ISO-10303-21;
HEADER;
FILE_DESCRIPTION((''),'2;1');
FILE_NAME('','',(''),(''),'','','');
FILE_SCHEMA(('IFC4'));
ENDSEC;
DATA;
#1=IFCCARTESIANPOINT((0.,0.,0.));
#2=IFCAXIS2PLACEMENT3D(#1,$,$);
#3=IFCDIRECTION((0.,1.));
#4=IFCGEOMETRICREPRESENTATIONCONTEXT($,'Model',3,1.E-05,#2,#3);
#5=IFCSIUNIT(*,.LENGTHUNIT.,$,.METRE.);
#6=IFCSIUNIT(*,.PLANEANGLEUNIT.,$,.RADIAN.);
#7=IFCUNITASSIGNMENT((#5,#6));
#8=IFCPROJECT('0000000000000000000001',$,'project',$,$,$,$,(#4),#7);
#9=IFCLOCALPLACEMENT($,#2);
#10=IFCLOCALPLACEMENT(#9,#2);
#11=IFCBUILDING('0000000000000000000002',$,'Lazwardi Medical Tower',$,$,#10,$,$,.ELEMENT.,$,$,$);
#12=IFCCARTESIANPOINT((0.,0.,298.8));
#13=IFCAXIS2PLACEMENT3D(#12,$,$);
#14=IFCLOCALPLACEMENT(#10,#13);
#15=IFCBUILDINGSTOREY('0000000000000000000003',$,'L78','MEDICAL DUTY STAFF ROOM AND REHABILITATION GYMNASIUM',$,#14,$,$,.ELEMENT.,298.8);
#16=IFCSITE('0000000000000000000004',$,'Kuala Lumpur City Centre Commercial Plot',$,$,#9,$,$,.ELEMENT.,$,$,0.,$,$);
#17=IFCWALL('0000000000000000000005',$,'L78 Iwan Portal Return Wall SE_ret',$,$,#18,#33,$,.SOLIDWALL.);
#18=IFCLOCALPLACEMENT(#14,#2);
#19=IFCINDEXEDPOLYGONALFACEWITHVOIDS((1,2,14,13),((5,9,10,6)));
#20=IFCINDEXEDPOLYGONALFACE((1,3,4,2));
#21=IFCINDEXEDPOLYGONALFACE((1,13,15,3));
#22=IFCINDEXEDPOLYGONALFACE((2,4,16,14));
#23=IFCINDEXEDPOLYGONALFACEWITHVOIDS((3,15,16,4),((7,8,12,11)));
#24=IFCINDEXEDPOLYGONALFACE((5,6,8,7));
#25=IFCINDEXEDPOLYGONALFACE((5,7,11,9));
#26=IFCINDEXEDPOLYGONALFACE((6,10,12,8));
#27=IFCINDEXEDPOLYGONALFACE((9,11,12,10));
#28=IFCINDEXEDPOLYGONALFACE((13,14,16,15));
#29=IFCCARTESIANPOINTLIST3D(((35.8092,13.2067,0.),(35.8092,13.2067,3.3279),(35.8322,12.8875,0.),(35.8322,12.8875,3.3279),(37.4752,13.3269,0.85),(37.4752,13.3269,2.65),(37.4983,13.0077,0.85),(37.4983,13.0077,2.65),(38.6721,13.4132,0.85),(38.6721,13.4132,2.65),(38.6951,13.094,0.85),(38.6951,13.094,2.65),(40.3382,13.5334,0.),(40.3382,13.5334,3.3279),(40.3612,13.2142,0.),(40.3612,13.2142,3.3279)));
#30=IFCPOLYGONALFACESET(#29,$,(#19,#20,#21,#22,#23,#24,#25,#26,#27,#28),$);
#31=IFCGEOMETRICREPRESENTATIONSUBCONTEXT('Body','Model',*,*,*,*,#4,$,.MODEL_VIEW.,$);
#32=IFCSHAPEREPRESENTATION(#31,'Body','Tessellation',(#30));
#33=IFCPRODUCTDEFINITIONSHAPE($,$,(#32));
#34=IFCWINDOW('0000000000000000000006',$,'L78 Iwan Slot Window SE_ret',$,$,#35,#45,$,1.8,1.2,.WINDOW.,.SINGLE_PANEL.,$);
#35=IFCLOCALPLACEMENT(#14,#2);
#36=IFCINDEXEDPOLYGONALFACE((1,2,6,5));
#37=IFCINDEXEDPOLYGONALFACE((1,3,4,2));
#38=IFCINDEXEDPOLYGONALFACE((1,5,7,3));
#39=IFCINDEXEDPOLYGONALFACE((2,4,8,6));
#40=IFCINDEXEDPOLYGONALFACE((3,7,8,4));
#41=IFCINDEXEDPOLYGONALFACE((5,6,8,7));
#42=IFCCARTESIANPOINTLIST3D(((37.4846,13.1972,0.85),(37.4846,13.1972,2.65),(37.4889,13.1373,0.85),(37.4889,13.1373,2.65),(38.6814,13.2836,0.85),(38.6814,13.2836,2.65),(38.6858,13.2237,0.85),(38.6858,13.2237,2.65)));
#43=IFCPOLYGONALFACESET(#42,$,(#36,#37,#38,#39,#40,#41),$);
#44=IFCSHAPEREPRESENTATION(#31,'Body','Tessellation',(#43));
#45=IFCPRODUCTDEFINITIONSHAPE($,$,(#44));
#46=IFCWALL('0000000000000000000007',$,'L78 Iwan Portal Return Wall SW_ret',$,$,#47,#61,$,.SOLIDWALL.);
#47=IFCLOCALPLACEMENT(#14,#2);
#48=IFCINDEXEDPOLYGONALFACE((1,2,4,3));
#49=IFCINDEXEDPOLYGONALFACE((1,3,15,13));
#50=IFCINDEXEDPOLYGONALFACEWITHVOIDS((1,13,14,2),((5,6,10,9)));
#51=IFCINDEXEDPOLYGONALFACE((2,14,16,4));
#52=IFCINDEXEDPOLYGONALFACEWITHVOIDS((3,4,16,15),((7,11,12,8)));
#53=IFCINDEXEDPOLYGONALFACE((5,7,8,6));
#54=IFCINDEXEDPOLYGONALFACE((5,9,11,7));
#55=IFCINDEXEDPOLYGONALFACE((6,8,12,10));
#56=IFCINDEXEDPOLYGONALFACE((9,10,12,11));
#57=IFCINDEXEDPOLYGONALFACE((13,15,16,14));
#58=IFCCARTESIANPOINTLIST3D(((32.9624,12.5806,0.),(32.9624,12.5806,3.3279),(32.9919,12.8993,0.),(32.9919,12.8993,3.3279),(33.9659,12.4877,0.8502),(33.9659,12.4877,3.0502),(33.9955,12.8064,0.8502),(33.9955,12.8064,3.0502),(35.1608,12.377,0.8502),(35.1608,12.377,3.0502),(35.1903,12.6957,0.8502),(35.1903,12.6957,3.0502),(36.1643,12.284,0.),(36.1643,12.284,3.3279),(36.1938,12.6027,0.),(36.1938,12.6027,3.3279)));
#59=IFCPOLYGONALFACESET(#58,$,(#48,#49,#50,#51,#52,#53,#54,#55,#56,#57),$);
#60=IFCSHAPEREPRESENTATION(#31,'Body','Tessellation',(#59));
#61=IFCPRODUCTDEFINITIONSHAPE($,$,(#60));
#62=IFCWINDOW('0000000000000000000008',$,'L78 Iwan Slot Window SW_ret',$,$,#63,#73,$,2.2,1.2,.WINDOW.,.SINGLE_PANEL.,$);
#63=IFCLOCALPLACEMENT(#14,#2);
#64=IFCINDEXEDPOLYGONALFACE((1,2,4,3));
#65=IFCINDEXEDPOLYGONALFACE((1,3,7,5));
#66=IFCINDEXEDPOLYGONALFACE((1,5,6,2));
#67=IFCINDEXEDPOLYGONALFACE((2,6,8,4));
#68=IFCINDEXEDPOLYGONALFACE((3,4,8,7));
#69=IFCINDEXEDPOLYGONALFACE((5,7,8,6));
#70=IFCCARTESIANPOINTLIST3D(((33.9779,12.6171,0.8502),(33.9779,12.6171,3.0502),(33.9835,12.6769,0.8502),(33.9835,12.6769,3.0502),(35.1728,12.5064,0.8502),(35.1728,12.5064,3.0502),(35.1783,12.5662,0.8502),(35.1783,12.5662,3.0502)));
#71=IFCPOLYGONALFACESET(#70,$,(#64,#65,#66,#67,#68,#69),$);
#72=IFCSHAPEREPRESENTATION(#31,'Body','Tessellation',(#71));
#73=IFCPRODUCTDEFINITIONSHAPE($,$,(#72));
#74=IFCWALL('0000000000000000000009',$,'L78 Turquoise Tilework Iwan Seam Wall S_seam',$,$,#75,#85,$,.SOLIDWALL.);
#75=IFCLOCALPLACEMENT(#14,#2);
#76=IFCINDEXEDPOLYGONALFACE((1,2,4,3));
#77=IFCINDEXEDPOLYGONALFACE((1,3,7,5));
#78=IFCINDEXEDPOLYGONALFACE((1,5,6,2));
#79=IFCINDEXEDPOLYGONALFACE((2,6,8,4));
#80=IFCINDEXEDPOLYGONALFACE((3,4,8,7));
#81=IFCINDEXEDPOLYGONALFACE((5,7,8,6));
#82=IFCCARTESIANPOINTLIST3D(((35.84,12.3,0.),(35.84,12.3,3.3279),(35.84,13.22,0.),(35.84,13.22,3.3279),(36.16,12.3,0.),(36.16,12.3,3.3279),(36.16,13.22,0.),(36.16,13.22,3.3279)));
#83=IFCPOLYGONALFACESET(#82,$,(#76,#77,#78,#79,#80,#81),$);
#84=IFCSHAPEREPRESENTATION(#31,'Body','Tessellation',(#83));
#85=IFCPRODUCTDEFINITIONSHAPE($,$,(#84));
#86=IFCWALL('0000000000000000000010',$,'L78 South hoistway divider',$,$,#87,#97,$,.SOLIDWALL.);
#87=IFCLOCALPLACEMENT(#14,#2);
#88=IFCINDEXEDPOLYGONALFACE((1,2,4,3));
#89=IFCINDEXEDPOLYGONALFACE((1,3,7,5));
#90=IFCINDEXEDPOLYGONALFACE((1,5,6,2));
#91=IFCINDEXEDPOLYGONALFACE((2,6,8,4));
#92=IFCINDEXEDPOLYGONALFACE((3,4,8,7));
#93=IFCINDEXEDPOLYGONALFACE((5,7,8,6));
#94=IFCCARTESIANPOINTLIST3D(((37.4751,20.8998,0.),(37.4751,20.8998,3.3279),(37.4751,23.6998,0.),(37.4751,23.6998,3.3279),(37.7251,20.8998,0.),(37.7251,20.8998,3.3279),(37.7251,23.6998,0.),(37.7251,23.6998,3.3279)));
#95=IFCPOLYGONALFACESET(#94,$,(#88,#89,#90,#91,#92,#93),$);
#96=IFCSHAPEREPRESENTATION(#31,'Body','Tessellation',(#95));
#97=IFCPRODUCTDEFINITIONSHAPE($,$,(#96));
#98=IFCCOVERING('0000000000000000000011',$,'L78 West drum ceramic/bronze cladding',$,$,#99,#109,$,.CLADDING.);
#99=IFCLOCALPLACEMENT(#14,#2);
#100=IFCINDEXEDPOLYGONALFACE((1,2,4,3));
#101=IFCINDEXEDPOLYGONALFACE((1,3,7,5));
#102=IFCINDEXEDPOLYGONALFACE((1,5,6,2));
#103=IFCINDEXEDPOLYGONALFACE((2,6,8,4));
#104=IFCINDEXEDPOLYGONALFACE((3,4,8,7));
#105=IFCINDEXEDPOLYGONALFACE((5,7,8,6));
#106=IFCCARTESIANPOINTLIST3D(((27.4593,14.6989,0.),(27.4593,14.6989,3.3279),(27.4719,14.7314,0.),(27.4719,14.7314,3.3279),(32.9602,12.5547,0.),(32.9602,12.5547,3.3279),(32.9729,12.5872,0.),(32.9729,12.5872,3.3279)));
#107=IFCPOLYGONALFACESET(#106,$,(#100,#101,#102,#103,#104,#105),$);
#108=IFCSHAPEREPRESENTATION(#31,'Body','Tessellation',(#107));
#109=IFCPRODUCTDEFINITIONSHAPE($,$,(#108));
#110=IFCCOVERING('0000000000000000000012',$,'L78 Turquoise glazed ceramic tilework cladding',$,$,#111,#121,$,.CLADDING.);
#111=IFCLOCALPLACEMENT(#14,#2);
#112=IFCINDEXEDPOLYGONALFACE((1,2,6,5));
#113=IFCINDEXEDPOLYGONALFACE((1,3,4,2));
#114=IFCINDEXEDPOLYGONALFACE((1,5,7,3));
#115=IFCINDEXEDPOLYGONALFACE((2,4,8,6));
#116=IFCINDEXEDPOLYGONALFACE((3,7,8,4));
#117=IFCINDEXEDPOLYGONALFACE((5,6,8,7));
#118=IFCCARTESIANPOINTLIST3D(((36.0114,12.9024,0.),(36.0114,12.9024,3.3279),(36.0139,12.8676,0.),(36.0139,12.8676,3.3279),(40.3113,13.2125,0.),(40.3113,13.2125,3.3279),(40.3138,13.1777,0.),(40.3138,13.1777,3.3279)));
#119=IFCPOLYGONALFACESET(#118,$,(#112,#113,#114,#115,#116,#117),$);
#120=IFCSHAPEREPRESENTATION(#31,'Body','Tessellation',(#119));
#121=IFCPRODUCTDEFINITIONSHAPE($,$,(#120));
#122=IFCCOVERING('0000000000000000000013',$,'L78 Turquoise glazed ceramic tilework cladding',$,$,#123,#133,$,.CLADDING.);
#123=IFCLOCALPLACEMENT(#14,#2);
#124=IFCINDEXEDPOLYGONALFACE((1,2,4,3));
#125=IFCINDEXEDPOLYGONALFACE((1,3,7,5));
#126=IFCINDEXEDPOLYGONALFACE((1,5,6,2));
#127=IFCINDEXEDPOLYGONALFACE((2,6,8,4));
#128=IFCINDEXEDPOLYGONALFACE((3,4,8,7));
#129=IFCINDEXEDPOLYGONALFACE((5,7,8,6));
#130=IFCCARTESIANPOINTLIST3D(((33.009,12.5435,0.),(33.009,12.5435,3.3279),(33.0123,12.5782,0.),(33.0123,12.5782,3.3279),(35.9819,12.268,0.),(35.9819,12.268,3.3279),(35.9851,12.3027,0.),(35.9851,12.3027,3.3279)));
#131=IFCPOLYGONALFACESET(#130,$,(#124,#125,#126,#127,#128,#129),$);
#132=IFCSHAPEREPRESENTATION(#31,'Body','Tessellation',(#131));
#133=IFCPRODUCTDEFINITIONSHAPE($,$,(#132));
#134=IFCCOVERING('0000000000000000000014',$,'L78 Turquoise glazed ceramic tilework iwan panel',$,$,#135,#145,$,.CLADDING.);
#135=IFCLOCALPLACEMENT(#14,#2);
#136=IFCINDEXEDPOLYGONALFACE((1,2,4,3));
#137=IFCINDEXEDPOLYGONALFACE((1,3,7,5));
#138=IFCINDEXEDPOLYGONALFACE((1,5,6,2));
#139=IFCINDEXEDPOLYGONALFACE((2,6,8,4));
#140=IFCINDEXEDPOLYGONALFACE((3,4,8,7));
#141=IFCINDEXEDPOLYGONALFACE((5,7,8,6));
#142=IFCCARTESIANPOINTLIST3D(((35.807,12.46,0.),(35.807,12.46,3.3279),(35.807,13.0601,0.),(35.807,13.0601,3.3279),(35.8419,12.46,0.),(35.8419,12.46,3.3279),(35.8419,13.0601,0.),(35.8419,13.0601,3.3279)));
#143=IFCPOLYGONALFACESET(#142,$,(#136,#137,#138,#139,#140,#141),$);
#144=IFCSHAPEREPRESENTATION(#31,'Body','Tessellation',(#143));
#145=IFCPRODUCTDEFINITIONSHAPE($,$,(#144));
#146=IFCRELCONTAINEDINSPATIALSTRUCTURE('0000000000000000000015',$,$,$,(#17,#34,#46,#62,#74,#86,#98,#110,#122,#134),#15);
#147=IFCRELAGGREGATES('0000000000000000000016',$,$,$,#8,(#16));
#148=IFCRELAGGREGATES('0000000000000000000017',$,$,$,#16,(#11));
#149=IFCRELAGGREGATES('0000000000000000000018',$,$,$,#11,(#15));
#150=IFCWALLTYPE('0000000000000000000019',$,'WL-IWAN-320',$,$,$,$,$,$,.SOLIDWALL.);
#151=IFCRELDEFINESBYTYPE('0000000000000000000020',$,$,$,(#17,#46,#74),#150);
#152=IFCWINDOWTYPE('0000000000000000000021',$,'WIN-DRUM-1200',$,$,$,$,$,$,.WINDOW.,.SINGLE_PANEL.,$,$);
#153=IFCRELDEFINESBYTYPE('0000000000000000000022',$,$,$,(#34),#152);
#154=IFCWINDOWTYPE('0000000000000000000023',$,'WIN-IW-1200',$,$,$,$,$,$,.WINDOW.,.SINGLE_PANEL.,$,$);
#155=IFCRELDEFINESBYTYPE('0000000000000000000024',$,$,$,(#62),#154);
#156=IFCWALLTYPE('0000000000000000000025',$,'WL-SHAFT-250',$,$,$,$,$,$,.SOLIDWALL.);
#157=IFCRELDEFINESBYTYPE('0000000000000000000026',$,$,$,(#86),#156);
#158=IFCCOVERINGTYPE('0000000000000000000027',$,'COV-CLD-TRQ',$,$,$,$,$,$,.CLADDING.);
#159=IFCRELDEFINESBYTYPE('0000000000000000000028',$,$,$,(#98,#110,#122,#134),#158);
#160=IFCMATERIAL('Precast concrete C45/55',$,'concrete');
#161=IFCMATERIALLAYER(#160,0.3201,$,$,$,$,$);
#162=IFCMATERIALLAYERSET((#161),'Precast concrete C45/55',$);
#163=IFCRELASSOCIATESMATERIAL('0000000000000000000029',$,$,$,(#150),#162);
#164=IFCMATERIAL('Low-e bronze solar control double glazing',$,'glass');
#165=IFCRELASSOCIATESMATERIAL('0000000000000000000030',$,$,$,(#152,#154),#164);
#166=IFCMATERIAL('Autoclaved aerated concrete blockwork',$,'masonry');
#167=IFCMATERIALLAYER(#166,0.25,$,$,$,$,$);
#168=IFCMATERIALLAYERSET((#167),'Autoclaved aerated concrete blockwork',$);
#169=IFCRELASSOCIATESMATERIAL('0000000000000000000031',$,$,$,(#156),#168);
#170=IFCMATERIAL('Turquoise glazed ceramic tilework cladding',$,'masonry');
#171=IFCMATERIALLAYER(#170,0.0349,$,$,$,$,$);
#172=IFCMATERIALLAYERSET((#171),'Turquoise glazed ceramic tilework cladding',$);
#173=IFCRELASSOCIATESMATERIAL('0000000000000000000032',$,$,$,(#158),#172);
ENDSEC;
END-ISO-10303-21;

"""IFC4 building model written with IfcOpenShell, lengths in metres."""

from ifc_helpers import new_model, si_unit, direction, frame, frame_2d, origin, origin_2d, place, context, subcontext, project, spatial, rectangle, extrude, material, layer, layer_set, type_object, element, fill, save


model = new_model("IFC4")

# Units and contexts
model_context = context("Model", 3, precision=1e-05, world=origin(), true_north=direction((0.0, 1.0)))
body_context = subcontext(model_context, "Body", "Model", "MODEL_VIEW")
ifc_project = project(units=[si_unit("LENGTHUNIT", "METRE"), si_unit("PLANEANGLEUNIT", "RADIAN")], contexts=[model_context])

# Site, building, storey
site_placement = place(None, origin())
site = spatial("IfcSite", under=ifc_project, at=site_placement, Name="Kuala Lumpur City Centre Commercial Plot", CompositionType="ELEMENT", RefElevation=0.0)
building_placement = place(site_placement, origin())
building = spatial("IfcBuilding", under=site, at=building_placement, Name="Lazwardi Medical Tower", CompositionType="ELEMENT")
storey_placement = place(building_placement, frame((0.0, 0.0, 298.8)))
storey = spatial("IfcBuildingStorey", under=building, at=storey_placement, Name="L78", Description="MEDICAL DUTY STAFF ROOM AND REHABILITATION GYMNASIUM", CompositionType="ELEMENT", Elevation=298.8)

# Walls, openings, windows
ifc_material_1 = material(Name="Precast concrete C45/55", Category="concrete")
ifc_layer_1 = layer(ifc_material_1, 0.3201)
ifc_layer_set_1 = layer_set([ifc_layer_1], Name="Precast concrete C45/55")
wall_type_1 = type_object("IfcWallType", Name="WL-IWAN-320", PredefinedType="SOLIDWALL", material=ifc_layer_set_1)
wall_1_placement = place(storey_placement, frame((35.8206, 13.0471, 0.0), z_axis=(0.0, 0.0, 1.0), x_axis=(0.997409, 0.071939, 0.0)))
wall_1 = element("IfcWall", 1, at=wall_1_placement, inside=storey, type_object=wall_type_1, Name="L78 Iwan Portal Return Wall SE_ret", PredefinedType="SOLIDWALL", context=body_context, shape_type="SweptSolid", body=[
    extrude(rectangle(XDim=4.5408, YDim=0.3201, at=frame_2d((2.2705, 0.0))), origin(), (0.0, 0.0, 1.0), 3.3279),
])
opening_1_placement = place(wall_1_placement, frame((1.6704, 0.0, 0.8501)))
opening_1 = element("IfcOpeningElement", 2, at=opening_1_placement, cuts=wall_1, PredefinedType="OPENING", context=body_context, shape_type="SweptSolid", body=[
    extrude(rectangle(XDim=1.2, YDim=1.8, at=frame_2d((0.6001, 0.8999))), frame((0.0, 0.1699, 0.0), z_axis=(0.0, -1.0, 0.0), x_axis=(1.0, 0.0, 0.0)), (0.0, 0.0, 1.0), 0.3401),
])
ifc_material_2 = material(Name="Low-e bronze solar control double glazing", Category="glass")
window_type_1 = type_object("IfcWindowType", Name="WIN-DRUM-1200", PartitioningType="SINGLE_PANEL", PredefinedType="WINDOW", material=ifc_material_2)
window_1_placement = place(opening_1_placement, origin())
window_1 = element("IfcWindow", 3, at=window_1_placement, inside=storey, type_object=window_type_1, Name="L78 Iwan Slot Window SE_ret", OverallHeight=1.8, OverallWidth=1.2, PartitioningType="SINGLE_PANEL", PredefinedType="WINDOW", context=body_context, shape_type="SweptSolid", body=[
    extrude(rectangle(XDim=1.2, YDim=1.8, at=frame_2d((0.6001, 0.8999))), frame((0.0, 0.03, 0.0), z_axis=(0.0, -1.0, 0.0), x_axis=(1.0, 0.0, 0.0)), (0.0, 0.0, 1.0), 0.0601),
])
fill(opening_1, window_1)
wall_2_placement = place(storey_placement, frame((32.9771, 12.74, 0.0), z_axis=(0.0, 0.0, 1.0), x_axis=(0.995736, -0.092247, 0.0)))
wall_2 = element("IfcWall", 4, at=wall_2_placement, inside=storey, type_object=wall_type_1, Name="L78 Iwan Portal Return Wall SW_ret", PredefinedType="SOLIDWALL", context=body_context, shape_type="SweptSolid", body=[
    extrude(rectangle(XDim=3.2156, YDim=0.3201, at=frame_2d((1.6079, 0.0))), origin(), (0.0, 0.0, 1.0), 3.3279),
])
opening_2_placement = place(wall_2_placement, frame((1.0078, 0.0, 0.8501)))
opening_2 = element("IfcOpeningElement", 5, at=opening_2_placement, cuts=wall_2, PredefinedType="OPENING", context=body_context, shape_type="SweptSolid", body=[
    extrude(rectangle(XDim=1.2, YDim=2.2, at=frame_2d((0.6001, 1.1001))), frame((0.0, 0.1699, 0.0), z_axis=(0.0, -1.0, 0.0), x_axis=(1.0, 0.0, 0.0)), (0.0, 0.0, 1.0), 0.3401),
])
window_type_2 = type_object("IfcWindowType", Name="WIN-IW-1200", PartitioningType="SINGLE_PANEL", PredefinedType="WINDOW", material=ifc_material_2)
window_2_placement = place(opening_2_placement, origin())
window_2 = element("IfcWindow", 6, at=window_2_placement, inside=storey, type_object=window_type_2, Name="L78 Iwan Slot Window SW_ret", OverallHeight=2.2, OverallWidth=1.2, PartitioningType="SINGLE_PANEL", PredefinedType="WINDOW", context=body_context, shape_type="SweptSolid", body=[
    extrude(rectangle(XDim=1.2, YDim=2.2, at=frame_2d((0.6001, 1.1001))), frame((0.0, 0.03, 0.0), z_axis=(0.0, -1.0, 0.0), x_axis=(1.0, 0.0, 0.0)), (0.0, 0.0, 1.0), 0.0601),
])
fill(opening_2, window_2)

# Walls
wall_3_placement = place(storey_placement, frame((36.0, 12.3, 0.0), z_axis=(0.0, 0.0, 1.0), x_axis=(0.0, 1.0, 0.0)))
element("IfcWall", 7, at=wall_3_placement, inside=storey, type_object=wall_type_1, Name="L78 Turquoise Tilework Iwan Seam Wall S_seam", PredefinedType="SOLIDWALL", context=body_context, shape_type="SweptSolid", body=[
    extrude(rectangle(XDim=0.9199, YDim=0.3201, at=frame_2d((0.46, 0.0))), origin(), (0.0, 0.0, 1.0), 3.3279),
])
ifc_material_3 = material(Name="Autoclaved aerated concrete blockwork", Category="masonry")
ifc_layer_2 = layer(ifc_material_3, 0.25)
ifc_layer_set_2 = layer_set([ifc_layer_2], Name="Autoclaved aerated concrete blockwork")
wall_type_2 = type_object("IfcWallType", Name="WL-SHAFT-250", PredefinedType="SOLIDWALL", material=ifc_layer_set_2)
wall_4_placement = place(storey_placement, frame((37.6001, 20.8999, 0.0), z_axis=(0.0, 0.0, 1.0), x_axis=(0.0, 1.0, 0.0)))
element("IfcWall", 8, at=wall_4_placement, inside=storey, type_object=wall_type_2, Name="L78 South hoistway divider", PredefinedType="SOLIDWALL", context=body_context, shape_type="SweptSolid", body=[
    extrude(rectangle(XDim=2.8, YDim=0.25, at=frame_2d((1.3999, 0.0))), origin(), (0.0, 0.0, 1.0), 3.3279),
])

# Coverings
ifc_material_4 = material(Name="Turquoise glazed ceramic tilework cladding", Category="masonry")
ifc_layer_3 = layer(ifc_material_4, 0.0349)
ifc_layer_set_3 = layer_set([ifc_layer_3], Name="Turquoise glazed ceramic tilework cladding")
covering_type = type_object("IfcCoveringType", Name="COV-CLD-TRQ", PredefinedType="CLADDING", material=ifc_layer_set_3)
covering_1_placement = place(storey_placement, frame((30.2161, 13.6431, 0.0), z_axis=(0.0, 0.0, 1.0), x_axis=(0.93172, -0.363176, 0.0)))
element("IfcCovering", 9, at=covering_1_placement, inside=storey, type_object=covering_type, Name="L78 West drum ceramic/bronze cladding", PredefinedType="CLADDING", context=body_context, shape_type="SweptSolid", body=[
    extrude(rectangle(XDim=5.9041, YDim=0.0349, at=origin_2d()), origin(), (0.0, 0.0, 1.0), 3.3279),
])
covering_2_placement = place(storey_placement, frame((38.1626, 13.04, 0.0), z_axis=(0.0, 0.0, 1.0), x_axis=(0.997409, 0.071933, 0.0)))
element("IfcCovering", 10, at=covering_2_placement, inside=storey, type_object=covering_type, Name="L78 Turquoise glazed ceramic tilework cladding", PredefinedType="CLADDING", context=body_context, shape_type="SweptSolid", body=[
    extrude(rectangle(XDim=4.311, YDim=0.0349, at=origin_2d()), origin(), (0.0, 0.0, 1.0), 3.3279),
])
covering_3_placement = place(storey_placement, frame((34.4971, 12.4231, 0.0), z_axis=(0.0, 0.0, 1.0), x_axis=(0.995734, -0.092275, 0.0)))
element("IfcCovering", 11, at=covering_3_placement, inside=storey, type_object=covering_type, Name="L78 Turquoise glazed ceramic tilework cladding", PredefinedType="CLADDING", context=body_context, shape_type="SweptSolid", body=[
    extrude(rectangle(XDim=2.9856, YDim=0.0349, at=origin_2d()), origin(), (0.0, 0.0, 1.0), 3.3279),
])
covering_4_placement = place(storey_placement, frame((35.8245, 12.76, 0.0), z_axis=(0.0, 0.0, 1.0), x_axis=(0.0, 1.0, 0.0)))
element("IfcCovering", 12, at=covering_4_placement, inside=storey, type_object=covering_type, Name="L78 Turquoise glazed ceramic tilework iwan panel", PredefinedType="CLADDING", context=body_context, shape_type="SweptSolid", body=[
    extrude(rectangle(XDim=0.6001, YDim=0.0349, at=origin_2d()), origin(), (0.0, 0.0, 1.0), 3.3279),
])

save(model, "model.ifc")
